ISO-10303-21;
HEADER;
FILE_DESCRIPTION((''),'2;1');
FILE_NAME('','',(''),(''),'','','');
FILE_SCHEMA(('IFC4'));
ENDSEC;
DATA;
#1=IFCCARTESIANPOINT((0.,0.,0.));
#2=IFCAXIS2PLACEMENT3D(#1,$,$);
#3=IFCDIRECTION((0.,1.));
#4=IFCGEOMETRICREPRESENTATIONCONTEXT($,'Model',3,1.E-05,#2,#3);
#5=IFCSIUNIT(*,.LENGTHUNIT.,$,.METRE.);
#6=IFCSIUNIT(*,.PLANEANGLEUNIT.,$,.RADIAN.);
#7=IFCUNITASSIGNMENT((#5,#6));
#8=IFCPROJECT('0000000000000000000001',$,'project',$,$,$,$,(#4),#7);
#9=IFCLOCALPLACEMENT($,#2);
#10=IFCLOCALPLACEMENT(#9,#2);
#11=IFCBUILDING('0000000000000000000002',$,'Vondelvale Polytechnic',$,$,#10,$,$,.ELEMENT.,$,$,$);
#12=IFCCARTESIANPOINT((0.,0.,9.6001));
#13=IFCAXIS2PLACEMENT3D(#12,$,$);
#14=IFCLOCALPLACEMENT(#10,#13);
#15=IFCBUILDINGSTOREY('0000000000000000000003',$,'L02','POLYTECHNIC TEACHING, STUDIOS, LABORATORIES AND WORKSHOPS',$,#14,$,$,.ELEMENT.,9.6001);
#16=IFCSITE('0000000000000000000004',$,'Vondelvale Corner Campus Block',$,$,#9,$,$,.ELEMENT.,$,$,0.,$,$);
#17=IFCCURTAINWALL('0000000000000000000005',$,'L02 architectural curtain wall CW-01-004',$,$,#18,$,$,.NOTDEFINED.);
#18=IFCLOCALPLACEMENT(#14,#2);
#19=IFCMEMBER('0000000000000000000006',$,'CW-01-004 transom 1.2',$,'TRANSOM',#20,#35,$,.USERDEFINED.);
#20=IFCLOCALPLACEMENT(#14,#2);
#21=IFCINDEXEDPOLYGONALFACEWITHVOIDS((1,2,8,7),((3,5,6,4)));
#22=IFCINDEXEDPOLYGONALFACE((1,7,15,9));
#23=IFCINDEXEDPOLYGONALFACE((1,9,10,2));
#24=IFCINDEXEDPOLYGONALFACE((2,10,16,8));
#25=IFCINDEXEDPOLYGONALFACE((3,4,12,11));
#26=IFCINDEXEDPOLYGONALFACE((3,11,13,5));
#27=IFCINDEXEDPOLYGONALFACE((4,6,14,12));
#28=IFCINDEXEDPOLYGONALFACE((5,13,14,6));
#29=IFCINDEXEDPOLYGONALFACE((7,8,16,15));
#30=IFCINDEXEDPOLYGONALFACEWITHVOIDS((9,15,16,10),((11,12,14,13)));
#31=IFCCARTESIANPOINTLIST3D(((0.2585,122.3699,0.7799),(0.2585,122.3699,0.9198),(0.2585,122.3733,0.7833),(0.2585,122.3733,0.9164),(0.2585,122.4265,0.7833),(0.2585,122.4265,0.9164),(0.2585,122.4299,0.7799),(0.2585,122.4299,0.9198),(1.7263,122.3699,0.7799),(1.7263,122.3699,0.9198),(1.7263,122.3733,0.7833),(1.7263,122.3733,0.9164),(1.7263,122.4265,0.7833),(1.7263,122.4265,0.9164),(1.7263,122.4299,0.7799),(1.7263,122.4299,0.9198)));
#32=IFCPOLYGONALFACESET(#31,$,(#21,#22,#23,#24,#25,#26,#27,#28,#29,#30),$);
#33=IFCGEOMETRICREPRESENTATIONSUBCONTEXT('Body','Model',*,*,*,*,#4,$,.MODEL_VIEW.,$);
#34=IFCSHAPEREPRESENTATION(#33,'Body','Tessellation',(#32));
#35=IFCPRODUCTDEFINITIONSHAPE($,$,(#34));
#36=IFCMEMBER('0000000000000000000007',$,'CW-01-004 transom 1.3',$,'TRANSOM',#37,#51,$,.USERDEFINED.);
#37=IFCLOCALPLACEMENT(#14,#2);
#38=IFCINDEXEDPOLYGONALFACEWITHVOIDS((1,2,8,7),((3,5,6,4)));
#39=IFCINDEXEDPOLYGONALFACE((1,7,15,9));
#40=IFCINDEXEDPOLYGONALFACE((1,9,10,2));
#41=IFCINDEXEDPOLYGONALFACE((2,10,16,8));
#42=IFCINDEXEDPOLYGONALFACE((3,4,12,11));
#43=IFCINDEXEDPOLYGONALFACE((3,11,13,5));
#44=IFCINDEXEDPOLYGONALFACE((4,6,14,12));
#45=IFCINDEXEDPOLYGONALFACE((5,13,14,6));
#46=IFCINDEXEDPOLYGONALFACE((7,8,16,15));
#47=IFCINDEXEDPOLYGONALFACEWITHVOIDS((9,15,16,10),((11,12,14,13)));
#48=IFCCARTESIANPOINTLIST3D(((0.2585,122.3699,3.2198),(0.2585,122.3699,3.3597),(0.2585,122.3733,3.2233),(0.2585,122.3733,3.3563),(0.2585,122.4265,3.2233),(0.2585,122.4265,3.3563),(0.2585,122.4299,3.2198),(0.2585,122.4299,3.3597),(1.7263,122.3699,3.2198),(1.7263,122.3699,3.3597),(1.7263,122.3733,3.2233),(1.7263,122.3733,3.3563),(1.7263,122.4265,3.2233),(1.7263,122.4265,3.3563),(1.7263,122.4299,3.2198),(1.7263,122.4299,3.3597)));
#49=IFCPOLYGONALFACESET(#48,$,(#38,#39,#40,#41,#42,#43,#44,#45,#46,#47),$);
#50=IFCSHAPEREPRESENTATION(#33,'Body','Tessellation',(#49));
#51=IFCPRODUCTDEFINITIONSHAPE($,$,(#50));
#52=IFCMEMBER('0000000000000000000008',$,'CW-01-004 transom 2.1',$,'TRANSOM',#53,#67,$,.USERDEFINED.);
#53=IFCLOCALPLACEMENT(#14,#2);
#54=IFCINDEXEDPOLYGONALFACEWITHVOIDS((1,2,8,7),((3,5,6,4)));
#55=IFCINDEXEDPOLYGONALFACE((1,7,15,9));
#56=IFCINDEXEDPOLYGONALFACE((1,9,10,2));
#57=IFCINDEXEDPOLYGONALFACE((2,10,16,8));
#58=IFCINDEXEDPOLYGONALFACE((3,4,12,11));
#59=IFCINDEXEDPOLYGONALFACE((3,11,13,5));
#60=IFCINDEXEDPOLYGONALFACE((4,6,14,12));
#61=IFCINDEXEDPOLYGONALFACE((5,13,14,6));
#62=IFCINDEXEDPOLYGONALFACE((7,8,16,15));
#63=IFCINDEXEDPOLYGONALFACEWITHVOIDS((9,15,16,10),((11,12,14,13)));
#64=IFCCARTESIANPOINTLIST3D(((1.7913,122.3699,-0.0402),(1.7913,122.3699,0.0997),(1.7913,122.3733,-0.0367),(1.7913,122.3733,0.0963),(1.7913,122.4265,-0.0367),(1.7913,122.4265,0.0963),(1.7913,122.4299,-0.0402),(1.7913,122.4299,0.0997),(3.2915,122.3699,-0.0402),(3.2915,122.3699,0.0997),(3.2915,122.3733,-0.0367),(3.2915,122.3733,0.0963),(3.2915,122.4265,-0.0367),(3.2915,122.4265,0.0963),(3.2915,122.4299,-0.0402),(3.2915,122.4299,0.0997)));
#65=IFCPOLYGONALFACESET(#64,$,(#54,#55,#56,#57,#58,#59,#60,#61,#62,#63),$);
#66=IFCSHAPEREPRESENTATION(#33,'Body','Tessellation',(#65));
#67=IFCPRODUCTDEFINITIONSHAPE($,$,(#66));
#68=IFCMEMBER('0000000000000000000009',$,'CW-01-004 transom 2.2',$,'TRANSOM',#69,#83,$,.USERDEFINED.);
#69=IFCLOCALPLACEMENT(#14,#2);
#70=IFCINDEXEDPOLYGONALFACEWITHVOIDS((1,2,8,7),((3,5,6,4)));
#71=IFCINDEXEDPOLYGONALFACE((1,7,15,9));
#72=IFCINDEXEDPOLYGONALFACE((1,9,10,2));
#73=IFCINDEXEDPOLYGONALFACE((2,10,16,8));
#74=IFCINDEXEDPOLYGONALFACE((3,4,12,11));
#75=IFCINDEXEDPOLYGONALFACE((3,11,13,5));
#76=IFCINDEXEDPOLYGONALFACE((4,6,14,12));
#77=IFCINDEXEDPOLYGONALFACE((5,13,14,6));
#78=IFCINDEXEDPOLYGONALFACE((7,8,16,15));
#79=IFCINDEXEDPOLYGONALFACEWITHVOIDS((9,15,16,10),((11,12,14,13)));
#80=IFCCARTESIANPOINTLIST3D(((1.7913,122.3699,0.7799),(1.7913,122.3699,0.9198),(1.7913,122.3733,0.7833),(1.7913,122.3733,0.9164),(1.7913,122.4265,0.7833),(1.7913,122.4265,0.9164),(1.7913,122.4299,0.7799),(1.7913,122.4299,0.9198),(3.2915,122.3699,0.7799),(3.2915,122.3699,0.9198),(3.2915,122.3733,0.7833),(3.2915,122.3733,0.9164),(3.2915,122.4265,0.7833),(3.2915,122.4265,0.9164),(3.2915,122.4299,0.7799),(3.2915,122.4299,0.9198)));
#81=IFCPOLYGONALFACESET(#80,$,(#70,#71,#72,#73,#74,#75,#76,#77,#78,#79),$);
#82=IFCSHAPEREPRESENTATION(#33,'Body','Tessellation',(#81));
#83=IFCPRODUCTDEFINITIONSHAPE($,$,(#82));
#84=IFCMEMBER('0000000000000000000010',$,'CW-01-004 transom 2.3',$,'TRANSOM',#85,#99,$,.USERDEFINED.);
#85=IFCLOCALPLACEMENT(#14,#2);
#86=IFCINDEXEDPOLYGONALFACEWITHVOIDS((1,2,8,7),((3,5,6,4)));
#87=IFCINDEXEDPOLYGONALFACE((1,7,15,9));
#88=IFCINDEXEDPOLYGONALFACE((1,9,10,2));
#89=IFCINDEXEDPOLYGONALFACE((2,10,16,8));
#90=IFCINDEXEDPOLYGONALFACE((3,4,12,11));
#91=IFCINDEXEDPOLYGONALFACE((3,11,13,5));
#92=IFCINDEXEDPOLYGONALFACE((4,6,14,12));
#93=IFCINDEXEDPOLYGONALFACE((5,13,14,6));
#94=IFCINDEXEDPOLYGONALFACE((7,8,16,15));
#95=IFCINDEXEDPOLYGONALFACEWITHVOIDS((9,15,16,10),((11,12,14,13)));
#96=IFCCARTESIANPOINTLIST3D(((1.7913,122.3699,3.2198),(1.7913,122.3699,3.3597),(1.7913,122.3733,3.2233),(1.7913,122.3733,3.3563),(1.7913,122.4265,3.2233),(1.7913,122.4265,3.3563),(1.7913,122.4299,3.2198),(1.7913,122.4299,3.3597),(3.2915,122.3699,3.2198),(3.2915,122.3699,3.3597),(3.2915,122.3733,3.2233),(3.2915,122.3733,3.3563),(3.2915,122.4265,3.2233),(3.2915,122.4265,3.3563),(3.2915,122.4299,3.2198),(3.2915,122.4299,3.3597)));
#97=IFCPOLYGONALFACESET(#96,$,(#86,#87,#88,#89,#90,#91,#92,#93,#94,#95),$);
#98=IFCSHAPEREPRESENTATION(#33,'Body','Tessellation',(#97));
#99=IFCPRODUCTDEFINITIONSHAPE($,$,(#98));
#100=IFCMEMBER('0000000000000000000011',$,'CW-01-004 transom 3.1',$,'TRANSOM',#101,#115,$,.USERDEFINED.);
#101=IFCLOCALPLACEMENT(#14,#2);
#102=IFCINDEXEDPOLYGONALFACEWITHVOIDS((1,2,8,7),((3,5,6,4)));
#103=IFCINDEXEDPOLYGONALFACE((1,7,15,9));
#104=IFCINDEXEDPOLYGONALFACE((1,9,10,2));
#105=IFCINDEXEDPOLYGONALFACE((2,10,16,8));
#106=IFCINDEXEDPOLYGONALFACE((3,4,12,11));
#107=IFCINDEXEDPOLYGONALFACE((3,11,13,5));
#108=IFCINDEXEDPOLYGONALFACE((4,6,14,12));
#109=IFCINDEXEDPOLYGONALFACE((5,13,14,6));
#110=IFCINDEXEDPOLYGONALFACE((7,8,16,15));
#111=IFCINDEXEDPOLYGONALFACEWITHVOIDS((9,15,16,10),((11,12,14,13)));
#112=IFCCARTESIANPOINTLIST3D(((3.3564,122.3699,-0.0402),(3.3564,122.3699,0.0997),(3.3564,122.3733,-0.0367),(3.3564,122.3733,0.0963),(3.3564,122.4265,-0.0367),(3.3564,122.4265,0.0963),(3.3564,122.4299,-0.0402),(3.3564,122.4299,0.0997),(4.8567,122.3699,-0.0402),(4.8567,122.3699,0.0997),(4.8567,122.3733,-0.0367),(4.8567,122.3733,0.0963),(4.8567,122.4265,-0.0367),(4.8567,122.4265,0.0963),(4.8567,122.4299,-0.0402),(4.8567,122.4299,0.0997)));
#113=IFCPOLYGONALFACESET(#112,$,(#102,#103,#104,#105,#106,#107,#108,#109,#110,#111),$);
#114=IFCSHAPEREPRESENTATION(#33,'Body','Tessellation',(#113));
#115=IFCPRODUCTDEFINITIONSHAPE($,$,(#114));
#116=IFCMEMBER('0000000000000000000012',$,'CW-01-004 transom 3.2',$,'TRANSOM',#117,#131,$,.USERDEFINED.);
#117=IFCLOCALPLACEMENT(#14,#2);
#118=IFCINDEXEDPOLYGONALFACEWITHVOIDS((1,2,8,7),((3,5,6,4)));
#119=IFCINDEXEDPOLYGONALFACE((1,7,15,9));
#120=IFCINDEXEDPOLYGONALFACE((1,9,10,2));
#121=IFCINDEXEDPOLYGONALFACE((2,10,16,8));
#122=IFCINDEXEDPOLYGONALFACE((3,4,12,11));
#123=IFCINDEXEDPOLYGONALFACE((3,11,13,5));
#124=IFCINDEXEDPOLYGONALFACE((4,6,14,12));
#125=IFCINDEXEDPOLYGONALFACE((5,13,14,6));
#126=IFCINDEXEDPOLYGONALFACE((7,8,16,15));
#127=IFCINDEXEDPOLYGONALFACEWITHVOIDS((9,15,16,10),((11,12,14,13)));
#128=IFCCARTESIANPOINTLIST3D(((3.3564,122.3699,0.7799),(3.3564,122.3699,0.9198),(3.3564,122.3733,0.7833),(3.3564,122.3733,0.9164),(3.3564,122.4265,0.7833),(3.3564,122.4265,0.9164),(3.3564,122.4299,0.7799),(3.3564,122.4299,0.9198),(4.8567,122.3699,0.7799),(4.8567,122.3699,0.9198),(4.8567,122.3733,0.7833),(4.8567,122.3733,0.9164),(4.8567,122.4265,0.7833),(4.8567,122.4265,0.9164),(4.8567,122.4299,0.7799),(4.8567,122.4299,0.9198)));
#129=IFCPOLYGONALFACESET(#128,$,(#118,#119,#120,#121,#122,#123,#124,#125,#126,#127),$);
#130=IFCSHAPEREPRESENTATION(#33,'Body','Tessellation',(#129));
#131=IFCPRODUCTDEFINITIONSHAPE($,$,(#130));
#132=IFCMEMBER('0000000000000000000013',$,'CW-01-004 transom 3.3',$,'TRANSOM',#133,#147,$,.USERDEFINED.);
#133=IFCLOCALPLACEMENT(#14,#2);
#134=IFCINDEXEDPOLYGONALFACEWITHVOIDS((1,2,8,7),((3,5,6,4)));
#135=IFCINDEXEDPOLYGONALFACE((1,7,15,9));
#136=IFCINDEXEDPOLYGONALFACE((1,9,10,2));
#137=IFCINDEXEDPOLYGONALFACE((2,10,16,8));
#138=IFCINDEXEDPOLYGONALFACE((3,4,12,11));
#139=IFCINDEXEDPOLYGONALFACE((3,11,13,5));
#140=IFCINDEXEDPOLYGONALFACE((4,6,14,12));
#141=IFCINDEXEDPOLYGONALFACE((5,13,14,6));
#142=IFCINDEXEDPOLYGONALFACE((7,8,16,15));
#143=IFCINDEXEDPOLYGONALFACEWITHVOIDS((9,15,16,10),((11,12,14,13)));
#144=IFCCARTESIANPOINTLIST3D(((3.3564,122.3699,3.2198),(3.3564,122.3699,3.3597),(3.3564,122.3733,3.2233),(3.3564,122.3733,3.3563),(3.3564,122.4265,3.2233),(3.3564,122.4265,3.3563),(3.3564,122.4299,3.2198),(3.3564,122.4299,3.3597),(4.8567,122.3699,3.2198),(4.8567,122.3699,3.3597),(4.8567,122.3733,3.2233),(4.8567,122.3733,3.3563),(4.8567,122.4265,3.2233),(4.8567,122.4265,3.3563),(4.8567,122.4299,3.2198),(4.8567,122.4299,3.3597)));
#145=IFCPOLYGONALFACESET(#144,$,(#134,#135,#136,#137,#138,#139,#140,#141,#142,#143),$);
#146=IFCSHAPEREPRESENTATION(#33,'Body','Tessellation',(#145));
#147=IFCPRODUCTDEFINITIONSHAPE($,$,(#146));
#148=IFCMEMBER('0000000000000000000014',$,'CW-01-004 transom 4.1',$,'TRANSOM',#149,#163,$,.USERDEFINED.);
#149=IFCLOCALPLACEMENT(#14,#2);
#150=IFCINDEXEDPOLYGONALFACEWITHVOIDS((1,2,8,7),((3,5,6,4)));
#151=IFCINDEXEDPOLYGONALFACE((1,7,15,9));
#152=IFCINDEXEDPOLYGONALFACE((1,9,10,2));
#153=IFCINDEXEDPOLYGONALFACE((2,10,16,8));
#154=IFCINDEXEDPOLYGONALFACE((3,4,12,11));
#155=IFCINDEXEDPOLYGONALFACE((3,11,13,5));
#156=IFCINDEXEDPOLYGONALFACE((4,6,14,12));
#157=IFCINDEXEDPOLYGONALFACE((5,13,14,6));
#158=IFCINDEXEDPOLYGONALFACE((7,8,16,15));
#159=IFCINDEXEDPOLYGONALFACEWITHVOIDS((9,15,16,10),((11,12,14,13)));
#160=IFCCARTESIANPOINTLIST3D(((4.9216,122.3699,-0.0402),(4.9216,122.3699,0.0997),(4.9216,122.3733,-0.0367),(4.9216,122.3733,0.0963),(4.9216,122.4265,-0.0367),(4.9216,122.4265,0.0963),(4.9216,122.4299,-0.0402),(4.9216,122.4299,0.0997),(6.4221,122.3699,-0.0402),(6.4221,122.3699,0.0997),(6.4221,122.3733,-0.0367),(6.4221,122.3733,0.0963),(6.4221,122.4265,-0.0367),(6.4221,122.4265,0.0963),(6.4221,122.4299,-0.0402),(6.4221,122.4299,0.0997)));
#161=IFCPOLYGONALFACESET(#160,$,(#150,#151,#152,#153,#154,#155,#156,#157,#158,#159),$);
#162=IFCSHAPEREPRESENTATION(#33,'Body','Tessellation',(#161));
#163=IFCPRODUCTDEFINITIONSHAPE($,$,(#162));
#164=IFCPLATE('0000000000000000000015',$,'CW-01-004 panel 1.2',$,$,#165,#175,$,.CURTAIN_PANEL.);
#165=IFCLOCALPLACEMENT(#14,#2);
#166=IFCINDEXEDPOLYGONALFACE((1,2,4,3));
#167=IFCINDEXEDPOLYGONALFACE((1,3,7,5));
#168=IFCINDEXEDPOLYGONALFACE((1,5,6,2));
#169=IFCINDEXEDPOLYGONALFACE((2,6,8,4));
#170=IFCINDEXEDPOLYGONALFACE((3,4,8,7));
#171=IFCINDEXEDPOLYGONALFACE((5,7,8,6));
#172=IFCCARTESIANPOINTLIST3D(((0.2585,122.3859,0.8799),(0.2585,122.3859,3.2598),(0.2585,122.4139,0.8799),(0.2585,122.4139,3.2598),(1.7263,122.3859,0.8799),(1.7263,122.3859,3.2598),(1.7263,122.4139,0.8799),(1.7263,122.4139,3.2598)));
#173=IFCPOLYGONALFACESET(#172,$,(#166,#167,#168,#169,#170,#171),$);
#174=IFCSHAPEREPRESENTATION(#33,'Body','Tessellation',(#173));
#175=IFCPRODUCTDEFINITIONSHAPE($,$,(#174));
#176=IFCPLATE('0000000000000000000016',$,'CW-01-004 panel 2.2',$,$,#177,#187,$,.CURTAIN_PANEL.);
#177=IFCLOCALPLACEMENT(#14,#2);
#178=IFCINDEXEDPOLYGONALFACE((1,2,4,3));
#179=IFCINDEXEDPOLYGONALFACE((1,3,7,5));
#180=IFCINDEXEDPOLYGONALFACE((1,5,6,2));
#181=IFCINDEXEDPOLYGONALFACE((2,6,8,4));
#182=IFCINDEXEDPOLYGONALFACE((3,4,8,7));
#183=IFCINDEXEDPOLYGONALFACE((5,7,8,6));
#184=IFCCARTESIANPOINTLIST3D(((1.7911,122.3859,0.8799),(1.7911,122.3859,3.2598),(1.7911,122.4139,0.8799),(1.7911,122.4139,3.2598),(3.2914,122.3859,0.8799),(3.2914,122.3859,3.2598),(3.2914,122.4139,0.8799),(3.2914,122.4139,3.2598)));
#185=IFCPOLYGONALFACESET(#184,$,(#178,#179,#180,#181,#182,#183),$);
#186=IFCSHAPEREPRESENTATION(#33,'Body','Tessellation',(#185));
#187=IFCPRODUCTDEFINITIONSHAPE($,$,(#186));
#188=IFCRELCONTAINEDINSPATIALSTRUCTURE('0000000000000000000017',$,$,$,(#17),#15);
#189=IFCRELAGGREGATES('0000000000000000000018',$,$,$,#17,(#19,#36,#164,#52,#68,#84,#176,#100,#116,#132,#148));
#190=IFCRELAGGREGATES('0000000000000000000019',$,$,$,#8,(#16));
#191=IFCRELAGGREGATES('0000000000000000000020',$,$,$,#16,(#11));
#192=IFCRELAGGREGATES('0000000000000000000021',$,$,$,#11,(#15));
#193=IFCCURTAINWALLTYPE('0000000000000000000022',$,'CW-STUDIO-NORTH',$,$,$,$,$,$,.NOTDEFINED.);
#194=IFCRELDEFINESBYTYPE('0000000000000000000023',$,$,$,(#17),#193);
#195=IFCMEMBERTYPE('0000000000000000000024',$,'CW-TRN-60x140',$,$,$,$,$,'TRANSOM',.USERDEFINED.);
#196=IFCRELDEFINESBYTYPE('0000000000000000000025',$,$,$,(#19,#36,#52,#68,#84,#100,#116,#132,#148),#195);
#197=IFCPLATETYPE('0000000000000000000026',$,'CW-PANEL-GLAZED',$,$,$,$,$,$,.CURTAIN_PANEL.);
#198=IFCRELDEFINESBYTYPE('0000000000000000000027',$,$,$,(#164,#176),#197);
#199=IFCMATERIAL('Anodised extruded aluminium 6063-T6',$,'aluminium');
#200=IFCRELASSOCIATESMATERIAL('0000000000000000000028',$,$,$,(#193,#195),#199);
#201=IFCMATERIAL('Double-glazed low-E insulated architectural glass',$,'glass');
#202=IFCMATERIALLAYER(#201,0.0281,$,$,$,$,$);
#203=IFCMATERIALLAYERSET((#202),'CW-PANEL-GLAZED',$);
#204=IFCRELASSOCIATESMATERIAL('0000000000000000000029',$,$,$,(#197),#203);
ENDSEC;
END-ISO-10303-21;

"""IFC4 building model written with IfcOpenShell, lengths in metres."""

from ifc_helpers import new_model, si_unit, direction, frame, origin, origin_2d, place, context, subcontext, project, spatial, rectangle, hollow_rectangle, extrude, material, layer, layer_set, material_profile, profile_set, type_object, element, aggregate, save


model = new_model("IFC4")

# Units and contexts
model_context = context("Model", 3, precision=1e-05, world=origin(), true_north=direction((0.0, 1.0)))
body_context = subcontext(model_context, "Body", "Model", "MODEL_VIEW")
ifc_project = project(units=[si_unit("LENGTHUNIT", "METRE"), si_unit("PLANEANGLEUNIT", "RADIAN")], contexts=[model_context])

# Site, building, storey
site_placement = place(None, origin())
site = spatial("IfcSite", under=ifc_project, at=site_placement, Name="Vondelvale Corner Campus Block", CompositionType="ELEMENT", RefElevation=0.0)
building_placement = place(site_placement, origin())
building = spatial("IfcBuilding", under=site, at=building_placement, Name="Vondelvale Polytechnic", CompositionType="ELEMENT")
storey_placement = place(building_placement, frame((0.0, 0.0, 9.6001)))
storey = spatial("IfcBuildingStorey", under=building, at=storey_placement, Name="L02", Description="POLYTECHNIC TEACHING, STUDIOS, LABORATORIES AND WORKSHOPS", CompositionType="ELEMENT", Elevation=9.6001)

# Curtain wall, members, plates
ifc_material_1 = material(Name="Anodised extruded aluminium 6063-T6", Category="aluminium")
curtain_wall_type = type_object("IfcCurtainWallType", Name="CW-STUDIO-NORTH", PredefinedType="NOTDEFINED", material=ifc_material_1)
curtain_wall_placement = place(storey_placement, origin())
curtain_wall = element("IfcCurtainWall", 1, at=curtain_wall_placement, inside=storey, type_object=curtain_wall_type, Name="L02 architectural curtain wall CW-01-004", PredefinedType="NOTDEFINED")
ifc_material_profile_1 = material_profile(ifc_material_1, hollow_rectangle(XDim=0.0601, YDim=0.1399, WallThickness=0.0034, at=origin_2d()), Name="CW-TRN-140x60")
ifc_profile_set_1 = profile_set([ifc_material_profile_1], Name="Anodised extruded aluminium 6063-T6")
member_type_1 = type_object("IfcMemberType", Name="CW-TRN-60x140", ElementType="TRANSOM", PredefinedType="USERDEFINED", material=ifc_profile_set_1)
member_1_placement = place(storey_placement, frame((0.2585, 122.3999, 0.8499), z_axis=(1.0, 0.0, 0.0), x_axis=(0.0, 1.0, 0.0)))
member_1 = element("IfcMember", 2, at=member_1_placement, type_object=member_type_1, Name="CW-01-004 transom 1.2", ObjectType="TRANSOM", PredefinedType="USERDEFINED", context=body_context, shape_type="SweptSolid", body=[
    extrude(hollow_rectangle(XDim=0.0601, YDim=0.1399, WallThickness=0.0034, at=origin_2d()), origin(), (0.0, 0.0, 1.0), 1.4678),
])
member_2_placement = place(storey_placement, frame((0.2585, 122.3999, 3.2898), z_axis=(1.0, 0.0, 0.0), x_axis=(0.0, 1.0, 0.0)))
member_2 = element("IfcMember", 3, at=member_2_placement, type_object=member_type_1, Name="CW-01-004 transom 1.3", ObjectType="TRANSOM", PredefinedType="USERDEFINED", context=body_context, shape_type="SweptSolid", body=[
    extrude(hollow_rectangle(XDim=0.0601, YDim=0.1399, WallThickness=0.0034, at=origin_2d()), origin(), (0.0, 0.0, 1.0), 1.4678),
])
member_3_placement = place(storey_placement, frame((1.7913, 122.3999, 0.0298), z_axis=(1.0, 0.0, 0.0), x_axis=(0.0, 1.0, 0.0)))
member_3 = element("IfcMember", 4, at=member_3_placement, type_object=member_type_1, Name="CW-01-004 transom 2.1", ObjectType="TRANSOM", PredefinedType="USERDEFINED", context=body_context, shape_type="SweptSolid", body=[
    extrude(hollow_rectangle(XDim=0.0601, YDim=0.1399, WallThickness=0.0034, at=origin_2d()), origin(), (0.0, 0.0, 1.0), 1.5002),
])
member_4_placement = place(storey_placement, frame((1.7913, 122.3999, 0.8499), z_axis=(1.0, 0.0, 0.0), x_axis=(0.0, 1.0, 0.0)))
member_4 = element("IfcMember", 5, at=member_4_placement, type_object=member_type_1, Name="CW-01-004 transom 2.2", ObjectType="TRANSOM", PredefinedType="USERDEFINED", context=body_context, shape_type="SweptSolid", body=[
    extrude(hollow_rectangle(XDim=0.0601, YDim=0.1399, WallThickness=0.0034, at=origin_2d()), origin(), (0.0, 0.0, 1.0), 1.5002),
])
member_5_placement = place(storey_placement, frame((1.7913, 122.3999, 3.2898), z_axis=(1.0, 0.0, 0.0), x_axis=(0.0, 1.0, 0.0)))
member_5 = element("IfcMember", 6, at=member_5_placement, type_object=member_type_1, Name="CW-01-004 transom 2.3", ObjectType="TRANSOM", PredefinedType="USERDEFINED", context=body_context, shape_type="SweptSolid", body=[
    extrude(hollow_rectangle(XDim=0.0601, YDim=0.1399, WallThickness=0.0034, at=origin_2d()), origin(), (0.0, 0.0, 1.0), 1.5002),
])
member_6_placement = place(storey_placement, frame((3.3564, 122.3999, 0.0298), z_axis=(1.0, 0.0, 0.0), x_axis=(0.0, 1.0, 0.0)))
member_6 = element("IfcMember", 7, at=member_6_placement, type_object=member_type_1, Name="CW-01-004 transom 3.1", ObjectType="TRANSOM", PredefinedType="USERDEFINED", context=body_context, shape_type="SweptSolid", body=[
    extrude(hollow_rectangle(XDim=0.0601, YDim=0.1399, WallThickness=0.0034, at=origin_2d()), origin(), (0.0, 0.0, 1.0), 1.5002),
])
member_7_placement = place(storey_placement, frame((3.3564, 122.3999, 0.8499), z_axis=(1.0, 0.0, 0.0), x_axis=(0.0, 1.0, 0.0)))
member_7 = element("IfcMember", 8, at=member_7_placement, type_object=member_type_1, Name="CW-01-004 transom 3.2", ObjectType="TRANSOM", PredefinedType="USERDEFINED", context=body_context, shape_type="SweptSolid", body=[
    extrude(hollow_rectangle(XDim=0.0601, YDim=0.1399, WallThickness=0.0034, at=origin_2d()), origin(), (0.0, 0.0, 1.0), 1.5002),
])
member_8_placement = place(storey_placement, frame((3.3564, 122.3999, 3.2898), z_axis=(1.0, 0.0, 0.0), x_axis=(0.0, 1.0, 0.0)))
member_8 = element("IfcMember", 9, at=member_8_placement, type_object=member_type_1, Name="CW-01-004 transom 3.3", ObjectType="TRANSOM", PredefinedType="USERDEFINED", context=body_context, shape_type="SweptSolid", body=[
    extrude(hollow_rectangle(XDim=0.0601, YDim=0.1399, WallThickness=0.0034, at=origin_2d()), origin(), (0.0, 0.0, 1.0), 1.5002),
])
member_9_placement = place(storey_placement, frame((4.9216, 122.3999, 0.0298), z_axis=(1.0, 0.0, 0.0), x_axis=(0.0, 1.0, 0.0)))
member_9 = element("IfcMember", 10, at=member_9_placement, type_object=member_type_1, Name="CW-01-004 transom 4.1", ObjectType="TRANSOM", PredefinedType="USERDEFINED", context=body_context, shape_type="SweptSolid", body=[
    extrude(hollow_rectangle(XDim=0.0601, YDim=0.1399, WallThickness=0.0034, at=origin_2d()), origin(), (0.0, 0.0, 1.0), 1.5005),
])
ifc_material_2 = material(Name="Double-glazed low-E insulated architectural glass", Category="glass")
ifc_layer_1 = layer(ifc_material_2, 0.0281)
ifc_layer_set_1 = layer_set([ifc_layer_1], Name="CW-PANEL-GLAZED")
plate_type_1 = type_object("IfcPlateType", Name="CW-PANEL-GLAZED", PredefinedType="CURTAIN_PANEL", material=ifc_layer_set_1)
plate_1_placement = place(storey_placement, frame((0.9924, 122.3999, 0.8799), z_axis=(0.0, 0.0, 1.0), x_axis=(1.0, 0.0, 0.0)))
plate_1 = element("IfcPlate", 11, at=plate_1_placement, type_object=plate_type_1, Name="CW-01-004 panel 1.2", PredefinedType="CURTAIN_PANEL", context=body_context, shape_type="SweptSolid", body=[
    extrude(rectangle(XDim=1.4678, YDim=0.0281, at=origin_2d()), origin(), (0.0, 0.0, 1.0), 2.3799),
])
plate_2_placement = place(storey_placement, frame((2.5413, 122.3999, 0.8799), z_axis=(0.0, 0.0, 1.0), x_axis=(1.0, 0.0, 0.0)))
plate_2 = element("IfcPlate", 12, at=plate_2_placement, type_object=plate_type_1, Name="CW-01-004 panel 2.2", PredefinedType="CURTAIN_PANEL", context=body_context, shape_type="SweptSolid", body=[
    extrude(rectangle(XDim=1.5002, YDim=0.0281, at=origin_2d()), origin(), (0.0, 0.0, 1.0), 2.3799),
])
aggregate(curtain_wall, [member_1, member_2, plate_1, member_3, member_4, member_5, plate_2, member_6, member_7, member_8, member_9])

save(model, "model.ifc")
